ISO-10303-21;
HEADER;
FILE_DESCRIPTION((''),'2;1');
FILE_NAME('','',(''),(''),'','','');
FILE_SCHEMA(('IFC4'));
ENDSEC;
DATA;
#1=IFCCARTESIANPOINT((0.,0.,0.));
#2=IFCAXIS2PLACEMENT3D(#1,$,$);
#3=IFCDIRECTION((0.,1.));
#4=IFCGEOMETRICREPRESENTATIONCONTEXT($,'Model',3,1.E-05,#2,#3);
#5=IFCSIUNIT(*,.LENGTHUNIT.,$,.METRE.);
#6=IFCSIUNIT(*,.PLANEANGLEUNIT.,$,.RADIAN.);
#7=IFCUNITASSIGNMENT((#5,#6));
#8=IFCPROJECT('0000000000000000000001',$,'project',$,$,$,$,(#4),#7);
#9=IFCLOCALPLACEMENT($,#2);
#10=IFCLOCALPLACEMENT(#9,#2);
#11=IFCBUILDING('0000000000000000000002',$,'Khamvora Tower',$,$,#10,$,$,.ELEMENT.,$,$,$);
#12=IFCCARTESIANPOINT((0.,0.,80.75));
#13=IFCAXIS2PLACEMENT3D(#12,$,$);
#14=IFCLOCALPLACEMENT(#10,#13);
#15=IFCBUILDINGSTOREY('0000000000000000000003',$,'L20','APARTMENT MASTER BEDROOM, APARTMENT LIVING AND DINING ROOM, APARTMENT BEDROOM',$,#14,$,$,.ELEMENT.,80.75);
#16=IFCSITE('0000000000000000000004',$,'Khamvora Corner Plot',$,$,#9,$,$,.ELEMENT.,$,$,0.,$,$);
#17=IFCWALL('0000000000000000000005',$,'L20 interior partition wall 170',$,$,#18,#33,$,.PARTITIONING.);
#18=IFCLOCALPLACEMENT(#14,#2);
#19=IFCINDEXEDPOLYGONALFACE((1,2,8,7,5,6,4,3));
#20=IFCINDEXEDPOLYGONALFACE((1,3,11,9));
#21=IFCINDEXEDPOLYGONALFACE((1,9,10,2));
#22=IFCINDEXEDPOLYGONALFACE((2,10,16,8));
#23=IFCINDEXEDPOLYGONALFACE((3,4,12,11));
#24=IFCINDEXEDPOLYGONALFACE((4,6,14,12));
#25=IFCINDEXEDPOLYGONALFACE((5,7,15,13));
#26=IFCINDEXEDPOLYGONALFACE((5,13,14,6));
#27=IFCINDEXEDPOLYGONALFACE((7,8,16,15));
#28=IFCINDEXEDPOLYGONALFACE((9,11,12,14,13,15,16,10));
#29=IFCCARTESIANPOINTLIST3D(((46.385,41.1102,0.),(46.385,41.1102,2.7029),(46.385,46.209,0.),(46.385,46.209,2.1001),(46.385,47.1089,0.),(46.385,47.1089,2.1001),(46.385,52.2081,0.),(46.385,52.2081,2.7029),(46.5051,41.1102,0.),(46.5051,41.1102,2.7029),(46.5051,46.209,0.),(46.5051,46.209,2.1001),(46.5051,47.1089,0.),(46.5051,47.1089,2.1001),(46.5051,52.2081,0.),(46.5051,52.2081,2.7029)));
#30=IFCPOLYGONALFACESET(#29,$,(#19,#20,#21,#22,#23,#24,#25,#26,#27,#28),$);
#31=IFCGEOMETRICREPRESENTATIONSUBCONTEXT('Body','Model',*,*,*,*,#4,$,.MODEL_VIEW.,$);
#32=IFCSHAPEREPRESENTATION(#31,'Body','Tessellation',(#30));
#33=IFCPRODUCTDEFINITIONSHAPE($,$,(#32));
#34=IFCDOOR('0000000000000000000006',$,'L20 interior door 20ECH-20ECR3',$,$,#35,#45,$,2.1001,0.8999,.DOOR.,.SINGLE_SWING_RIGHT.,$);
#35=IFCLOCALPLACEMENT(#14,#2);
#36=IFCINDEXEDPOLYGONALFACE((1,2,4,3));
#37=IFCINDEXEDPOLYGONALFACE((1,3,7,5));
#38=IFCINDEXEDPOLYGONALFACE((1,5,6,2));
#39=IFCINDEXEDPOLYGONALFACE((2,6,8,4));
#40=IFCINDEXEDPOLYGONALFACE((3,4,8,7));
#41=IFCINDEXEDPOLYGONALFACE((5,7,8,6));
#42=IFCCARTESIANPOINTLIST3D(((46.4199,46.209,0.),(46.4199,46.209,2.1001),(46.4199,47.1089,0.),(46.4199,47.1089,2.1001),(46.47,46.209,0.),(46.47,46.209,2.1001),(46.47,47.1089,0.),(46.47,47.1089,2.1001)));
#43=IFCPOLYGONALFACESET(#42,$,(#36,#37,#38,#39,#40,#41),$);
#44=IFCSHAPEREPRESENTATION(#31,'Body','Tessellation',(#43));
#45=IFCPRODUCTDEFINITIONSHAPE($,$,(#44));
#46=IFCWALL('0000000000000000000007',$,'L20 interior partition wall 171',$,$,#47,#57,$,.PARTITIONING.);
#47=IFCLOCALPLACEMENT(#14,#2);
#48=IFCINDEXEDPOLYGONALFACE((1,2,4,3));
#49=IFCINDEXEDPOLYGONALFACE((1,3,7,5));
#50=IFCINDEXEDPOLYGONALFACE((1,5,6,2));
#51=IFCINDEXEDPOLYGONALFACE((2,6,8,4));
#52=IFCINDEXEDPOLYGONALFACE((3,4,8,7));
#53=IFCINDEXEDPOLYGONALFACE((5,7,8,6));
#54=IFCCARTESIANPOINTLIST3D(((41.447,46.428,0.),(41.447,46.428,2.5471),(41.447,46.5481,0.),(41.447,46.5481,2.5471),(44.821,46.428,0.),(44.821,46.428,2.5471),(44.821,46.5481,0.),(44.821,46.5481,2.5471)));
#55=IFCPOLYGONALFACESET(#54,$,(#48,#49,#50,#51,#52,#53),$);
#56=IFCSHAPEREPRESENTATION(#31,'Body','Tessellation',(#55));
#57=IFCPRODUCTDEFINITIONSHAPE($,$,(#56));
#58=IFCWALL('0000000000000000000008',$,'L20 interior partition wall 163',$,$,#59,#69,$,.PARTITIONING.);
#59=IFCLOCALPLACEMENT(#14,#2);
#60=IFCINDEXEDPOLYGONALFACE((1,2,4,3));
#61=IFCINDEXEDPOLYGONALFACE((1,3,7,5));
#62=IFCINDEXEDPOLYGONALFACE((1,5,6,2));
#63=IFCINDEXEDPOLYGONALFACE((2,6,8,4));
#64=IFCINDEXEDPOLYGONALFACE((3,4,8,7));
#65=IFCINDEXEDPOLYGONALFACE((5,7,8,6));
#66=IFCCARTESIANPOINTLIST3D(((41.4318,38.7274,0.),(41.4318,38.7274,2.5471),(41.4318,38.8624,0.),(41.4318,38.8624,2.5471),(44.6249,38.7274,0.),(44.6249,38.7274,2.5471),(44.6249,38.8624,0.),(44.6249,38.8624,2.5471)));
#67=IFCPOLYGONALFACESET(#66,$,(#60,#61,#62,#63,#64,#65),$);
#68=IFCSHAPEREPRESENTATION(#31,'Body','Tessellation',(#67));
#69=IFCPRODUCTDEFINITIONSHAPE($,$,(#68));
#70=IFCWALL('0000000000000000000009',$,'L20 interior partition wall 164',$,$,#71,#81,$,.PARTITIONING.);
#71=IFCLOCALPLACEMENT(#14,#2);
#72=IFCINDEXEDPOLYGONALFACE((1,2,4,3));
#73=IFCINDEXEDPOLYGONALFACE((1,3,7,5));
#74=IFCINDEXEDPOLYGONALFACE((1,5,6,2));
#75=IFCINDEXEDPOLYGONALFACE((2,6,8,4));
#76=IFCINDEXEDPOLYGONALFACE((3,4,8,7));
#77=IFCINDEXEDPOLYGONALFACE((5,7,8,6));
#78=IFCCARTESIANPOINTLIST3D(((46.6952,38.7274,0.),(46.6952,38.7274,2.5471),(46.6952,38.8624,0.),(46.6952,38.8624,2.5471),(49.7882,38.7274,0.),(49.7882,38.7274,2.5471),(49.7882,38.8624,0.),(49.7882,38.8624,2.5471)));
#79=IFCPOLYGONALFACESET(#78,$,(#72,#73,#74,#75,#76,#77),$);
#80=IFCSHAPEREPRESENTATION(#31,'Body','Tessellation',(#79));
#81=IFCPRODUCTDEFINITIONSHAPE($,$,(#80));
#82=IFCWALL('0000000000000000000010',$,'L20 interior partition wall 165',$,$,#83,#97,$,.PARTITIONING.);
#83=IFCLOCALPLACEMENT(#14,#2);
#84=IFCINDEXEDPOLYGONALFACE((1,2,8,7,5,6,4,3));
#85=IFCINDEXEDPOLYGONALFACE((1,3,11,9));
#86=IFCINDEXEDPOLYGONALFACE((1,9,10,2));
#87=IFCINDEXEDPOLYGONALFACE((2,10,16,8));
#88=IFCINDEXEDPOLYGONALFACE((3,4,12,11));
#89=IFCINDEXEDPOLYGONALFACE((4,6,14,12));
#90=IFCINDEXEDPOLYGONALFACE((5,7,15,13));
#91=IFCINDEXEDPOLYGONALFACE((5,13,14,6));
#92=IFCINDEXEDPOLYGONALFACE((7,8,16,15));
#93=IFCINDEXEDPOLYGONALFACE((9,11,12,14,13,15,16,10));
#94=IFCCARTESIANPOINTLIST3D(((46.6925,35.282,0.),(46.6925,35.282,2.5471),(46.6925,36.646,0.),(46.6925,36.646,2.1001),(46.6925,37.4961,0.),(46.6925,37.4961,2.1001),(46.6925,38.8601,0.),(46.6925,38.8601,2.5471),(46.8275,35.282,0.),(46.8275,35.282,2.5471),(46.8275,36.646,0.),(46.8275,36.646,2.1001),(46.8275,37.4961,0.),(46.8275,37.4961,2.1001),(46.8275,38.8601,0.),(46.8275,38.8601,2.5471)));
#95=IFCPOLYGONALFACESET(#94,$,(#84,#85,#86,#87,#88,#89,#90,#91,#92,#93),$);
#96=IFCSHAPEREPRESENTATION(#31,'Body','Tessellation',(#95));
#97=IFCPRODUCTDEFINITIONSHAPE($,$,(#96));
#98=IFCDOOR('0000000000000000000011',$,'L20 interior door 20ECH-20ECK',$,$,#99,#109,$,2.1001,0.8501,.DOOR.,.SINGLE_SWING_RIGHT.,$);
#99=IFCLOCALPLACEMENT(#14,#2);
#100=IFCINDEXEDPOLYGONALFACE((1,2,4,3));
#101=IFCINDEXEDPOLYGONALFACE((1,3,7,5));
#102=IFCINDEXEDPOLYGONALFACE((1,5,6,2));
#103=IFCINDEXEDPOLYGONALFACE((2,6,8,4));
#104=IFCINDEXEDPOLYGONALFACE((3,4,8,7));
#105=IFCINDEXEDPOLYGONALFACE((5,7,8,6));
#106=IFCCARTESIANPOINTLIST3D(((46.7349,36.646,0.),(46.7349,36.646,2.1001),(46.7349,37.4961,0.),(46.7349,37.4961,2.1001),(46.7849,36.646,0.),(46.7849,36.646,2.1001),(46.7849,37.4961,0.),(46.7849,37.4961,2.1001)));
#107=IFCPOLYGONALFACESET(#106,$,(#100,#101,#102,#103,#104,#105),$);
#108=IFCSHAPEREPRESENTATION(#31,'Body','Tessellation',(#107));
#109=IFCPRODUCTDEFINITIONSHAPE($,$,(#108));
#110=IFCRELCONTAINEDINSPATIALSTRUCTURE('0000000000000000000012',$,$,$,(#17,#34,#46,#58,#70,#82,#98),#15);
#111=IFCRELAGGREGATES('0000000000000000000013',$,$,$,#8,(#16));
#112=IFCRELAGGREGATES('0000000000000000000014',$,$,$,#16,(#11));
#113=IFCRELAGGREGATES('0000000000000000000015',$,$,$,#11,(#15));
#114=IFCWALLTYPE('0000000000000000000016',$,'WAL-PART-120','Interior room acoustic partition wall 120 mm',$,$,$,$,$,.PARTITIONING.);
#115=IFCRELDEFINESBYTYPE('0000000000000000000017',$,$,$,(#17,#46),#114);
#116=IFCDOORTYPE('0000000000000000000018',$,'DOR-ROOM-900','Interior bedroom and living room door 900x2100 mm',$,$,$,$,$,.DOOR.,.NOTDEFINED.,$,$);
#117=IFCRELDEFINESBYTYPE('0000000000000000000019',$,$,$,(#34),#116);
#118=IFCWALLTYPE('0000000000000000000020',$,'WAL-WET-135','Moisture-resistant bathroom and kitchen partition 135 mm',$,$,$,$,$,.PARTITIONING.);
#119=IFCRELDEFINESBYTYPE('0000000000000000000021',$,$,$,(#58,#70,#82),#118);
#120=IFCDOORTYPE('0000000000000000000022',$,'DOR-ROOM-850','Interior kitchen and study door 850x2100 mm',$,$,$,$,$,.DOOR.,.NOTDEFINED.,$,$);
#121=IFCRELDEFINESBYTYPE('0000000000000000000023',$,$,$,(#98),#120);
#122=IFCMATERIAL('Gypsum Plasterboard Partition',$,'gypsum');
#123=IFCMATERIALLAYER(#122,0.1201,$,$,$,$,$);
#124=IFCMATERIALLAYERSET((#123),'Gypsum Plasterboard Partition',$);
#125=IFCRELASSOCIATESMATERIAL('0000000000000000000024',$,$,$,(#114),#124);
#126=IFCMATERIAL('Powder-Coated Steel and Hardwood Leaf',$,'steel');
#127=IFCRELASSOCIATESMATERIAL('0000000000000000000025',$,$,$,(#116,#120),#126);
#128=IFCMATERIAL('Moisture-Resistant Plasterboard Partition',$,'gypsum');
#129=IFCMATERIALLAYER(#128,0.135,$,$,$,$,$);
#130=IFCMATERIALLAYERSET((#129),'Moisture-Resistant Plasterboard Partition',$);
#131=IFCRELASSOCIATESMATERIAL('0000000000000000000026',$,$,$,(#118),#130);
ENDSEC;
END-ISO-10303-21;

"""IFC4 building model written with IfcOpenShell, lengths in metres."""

from ifc_helpers import new_model, si_unit, direction, frame, frame_2d, origin, place, context, subcontext, project, spatial, rectangle, extrude, material, layer, layer_set, type_object, element, fill, save


model = new_model("IFC4")

# Units and contexts
model_context = context("Model", 3, precision=1e-05, world=origin(), true_north=direction((0.0, 1.0)))
body_context = subcontext(model_context, "Body", "Model", "MODEL_VIEW")
ifc_project = project(units=[si_unit("LENGTHUNIT", "METRE"), si_unit("PLANEANGLEUNIT", "RADIAN")], contexts=[model_context])

# Site, building, storey
site_placement = place(None, origin())
site = spatial("IfcSite", under=ifc_project, at=site_placement, Name="Khamvora Corner Plot", CompositionType="ELEMENT", RefElevation=0.0)
building_placement = place(site_placement, origin())
building = spatial("IfcBuilding", under=site, at=building_placement, Name="Khamvora Tower", CompositionType="ELEMENT")
storey_placement = place(building_placement, frame((0.0, 0.0, 80.75)))
storey = spatial("IfcBuildingStorey", under=building, at=storey_placement, Name="L20", Description="APARTMENT MASTER BEDROOM, APARTMENT LIVING AND DINING ROOM, APARTMENT BEDROOM", CompositionType="ELEMENT", Elevation=80.75)

# Shared definitions
ifc_material_1 = material(Name="Gypsum Plasterboard Partition", Category="gypsum")
ifc_layer_1 = layer(ifc_material_1, 0.1201)
ifc_layer_set_1 = layer_set([ifc_layer_1], Name="Gypsum Plasterboard Partition")
wall_type_1 = type_object("IfcWallType", Name="WAL-PART-120", Description="Interior room acoustic partition wall 120 mm", PredefinedType="PARTITIONING", material=ifc_layer_set_1)

# Shared definitions
ifc_material_2 = material(Name="Powder-Coated Steel and Hardwood Leaf", Category="steel")
door_type_1 = type_object("IfcDoorType", Name="DOR-ROOM-900", Description="Interior bedroom and living room door 900x2100 mm", OperationType="NOTDEFINED", PredefinedType="DOOR", material=ifc_material_2)

# Wall, opening, door
wall_1_placement = place(storey_placement, frame((46.4451, 52.208, 0.0), z_axis=(0.0, 0.0, 1.0), x_axis=(0.0, -1.0, 0.0)))
wall_1 = element("IfcWall", 1, at=wall_1_placement, inside=storey, type_object=wall_type_1, Name="L20 interior partition wall 170", PredefinedType="PARTITIONING", context=body_context, shape_type="SweptSolid", body=[
    extrude(rectangle(XDim=11.0979, YDim=0.1201, at=frame_2d((5.5488, 0.0))), origin(), (0.0, 0.0, 1.0), 2.7029),
])
opening_1_placement = place(wall_1_placement, frame((5.0991, 0.0, 0.0)))
opening_1 = element("IfcOpeningElement", 2, at=opening_1_placement, cuts=wall_1, PredefinedType="OPENING", context=body_context, shape_type="SweptSolid", body=[
    extrude(rectangle(XDim=0.8999, YDim=2.1001, at=frame_2d((0.45, 1.05))), frame((0.0, 0.0701, 0.0), z_axis=(0.0, -1.0, 0.0), x_axis=(1.0, 0.0, 0.0)), (0.0, 0.0, 1.0), 0.1401),
])
door_1_placement = place(opening_1_placement, origin())
door_1 = element("IfcDoor", 3, at=door_1_placement, inside=storey, type_object=door_type_1, Name="L20 interior door 20ECH-20ECR3", OperationType="SINGLE_SWING_RIGHT", OverallHeight=2.1001, OverallWidth=0.8999, PredefinedType="DOOR", context=body_context, shape_type="SweptSolid", body=[
    extrude(rectangle(XDim=0.8999, YDim=2.1001, at=frame_2d((0.45, 1.05))), frame((0.0, 0.0249, 0.0), z_axis=(0.0, -1.0, 0.0), x_axis=(1.0, 0.0, 0.0)), (0.0, 0.0, 1.0), 0.05),
])
fill(opening_1, door_1)

# Walls
wall_2_placement = place(storey_placement, frame((41.447, 46.488, 0.0), z_axis=(0.0, 0.0, 1.0), x_axis=(1.0, 0.0, 0.0)))
element("IfcWall", 4, at=wall_2_placement, inside=storey, type_object=wall_type_1, Name="L20 interior partition wall 171", PredefinedType="PARTITIONING", context=body_context, shape_type="SweptSolid", body=[
    extrude(rectangle(XDim=3.374, YDim=0.1201, at=frame_2d((1.687, 0.0))), origin(), (0.0, 0.0, 1.0), 2.5471),
])
ifc_material_3 = material(Name="Moisture-Resistant Plasterboard Partition", Category="gypsum")
ifc_layer_2 = layer(ifc_material_3, 0.135)
ifc_layer_set_2 = layer_set([ifc_layer_2], Name="Moisture-Resistant Plasterboard Partition")
wall_type_2 = type_object("IfcWallType", Name="WAL-WET-135", Description="Moisture-resistant bathroom and kitchen partition 135 mm", PredefinedType="PARTITIONING", material=ifc_layer_set_2)
wall_3_placement = place(storey_placement, frame((44.625, 38.7949, 0.0), z_axis=(0.0, 0.0, 1.0), x_axis=(-1.0, 0.0, 0.0)))
element("IfcWall", 5, at=wall_3_placement, inside=storey, type_object=wall_type_2, Name="L20 interior partition wall 163", PredefinedType="PARTITIONING", context=body_context, shape_type="SweptSolid", body=[
    extrude(rectangle(XDim=3.1931, YDim=0.135, at=frame_2d((1.5967, 0.0))), origin(), (0.0, 0.0, 1.0), 2.5471),
])
wall_4_placement = place(storey_placement, frame((49.7881, 38.7949, 0.0), z_axis=(0.0, 0.0, 1.0), x_axis=(-1.0, 0.0, 0.0)))
element("IfcWall", 6, at=wall_4_placement, inside=storey, type_object=wall_type_2, Name="L20 interior partition wall 164", PredefinedType="PARTITIONING", context=body_context, shape_type="SweptSolid", body=[
    extrude(rectangle(XDim=3.093, YDim=0.135, at=frame_2d((1.5464, 0.0))), origin(), (0.0, 0.0, 1.0), 2.5471),
])

# Wall, opening, door
wall_5_placement = place(storey_placement, frame((46.76, 38.8601, 0.0), z_axis=(0.0, 0.0, 1.0), x_axis=(0.0, -1.0, 0.0)))
wall_5 = element("IfcWall", 7, at=wall_5_placement, inside=storey, type_object=wall_type_2, Name="L20 interior partition wall 165", PredefinedType="PARTITIONING", context=body_context, shape_type="SweptSolid", body=[
    extrude(rectangle(XDim=3.5781, YDim=0.135, at=frame_2d((1.7891, 0.0))), origin(), (0.0, 0.0, 1.0), 2.5471),
])
opening_2_placement = place(wall_5_placement, frame((1.364, 0.0, 0.0)))
opening_2 = element("IfcOpeningElement", 8, at=opening_2_placement, cuts=wall_5, PredefinedType="OPENING", context=body_context, shape_type="SweptSolid", body=[
    extrude(rectangle(XDim=0.8501, YDim=2.1001, at=frame_2d((0.425, 1.05))), frame((0.0, 0.0774, 0.0), z_axis=(0.0, -1.0, 0.0), x_axis=(1.0, 0.0, 0.0)), (0.0, 0.0, 1.0), 0.155),
])
door_type_2 = type_object("IfcDoorType", Name="DOR-ROOM-850", Description="Interior kitchen and study door 850x2100 mm", OperationType="NOTDEFINED", PredefinedType="DOOR", material=ifc_material_2)
door_2_placement = place(opening_2_placement, origin())
door_2 = element("IfcDoor", 9, at=door_2_placement, inside=storey, type_object=door_type_2, Name="L20 interior door 20ECH-20ECK", OperationType="SINGLE_SWING_RIGHT", OverallHeight=2.1001, OverallWidth=0.8501, PredefinedType="DOOR", context=body_context, shape_type="SweptSolid", body=[
    extrude(rectangle(XDim=0.8501, YDim=2.1001, at=frame_2d((0.425, 1.05))), frame((0.0, 0.0249, 0.0), z_axis=(0.0, -1.0, 0.0), x_axis=(1.0, 0.0, 0.0)), (0.0, 0.0, 1.0), 0.05),
])
fill(opening_2, door_2)

save(model, "model.ifc")
